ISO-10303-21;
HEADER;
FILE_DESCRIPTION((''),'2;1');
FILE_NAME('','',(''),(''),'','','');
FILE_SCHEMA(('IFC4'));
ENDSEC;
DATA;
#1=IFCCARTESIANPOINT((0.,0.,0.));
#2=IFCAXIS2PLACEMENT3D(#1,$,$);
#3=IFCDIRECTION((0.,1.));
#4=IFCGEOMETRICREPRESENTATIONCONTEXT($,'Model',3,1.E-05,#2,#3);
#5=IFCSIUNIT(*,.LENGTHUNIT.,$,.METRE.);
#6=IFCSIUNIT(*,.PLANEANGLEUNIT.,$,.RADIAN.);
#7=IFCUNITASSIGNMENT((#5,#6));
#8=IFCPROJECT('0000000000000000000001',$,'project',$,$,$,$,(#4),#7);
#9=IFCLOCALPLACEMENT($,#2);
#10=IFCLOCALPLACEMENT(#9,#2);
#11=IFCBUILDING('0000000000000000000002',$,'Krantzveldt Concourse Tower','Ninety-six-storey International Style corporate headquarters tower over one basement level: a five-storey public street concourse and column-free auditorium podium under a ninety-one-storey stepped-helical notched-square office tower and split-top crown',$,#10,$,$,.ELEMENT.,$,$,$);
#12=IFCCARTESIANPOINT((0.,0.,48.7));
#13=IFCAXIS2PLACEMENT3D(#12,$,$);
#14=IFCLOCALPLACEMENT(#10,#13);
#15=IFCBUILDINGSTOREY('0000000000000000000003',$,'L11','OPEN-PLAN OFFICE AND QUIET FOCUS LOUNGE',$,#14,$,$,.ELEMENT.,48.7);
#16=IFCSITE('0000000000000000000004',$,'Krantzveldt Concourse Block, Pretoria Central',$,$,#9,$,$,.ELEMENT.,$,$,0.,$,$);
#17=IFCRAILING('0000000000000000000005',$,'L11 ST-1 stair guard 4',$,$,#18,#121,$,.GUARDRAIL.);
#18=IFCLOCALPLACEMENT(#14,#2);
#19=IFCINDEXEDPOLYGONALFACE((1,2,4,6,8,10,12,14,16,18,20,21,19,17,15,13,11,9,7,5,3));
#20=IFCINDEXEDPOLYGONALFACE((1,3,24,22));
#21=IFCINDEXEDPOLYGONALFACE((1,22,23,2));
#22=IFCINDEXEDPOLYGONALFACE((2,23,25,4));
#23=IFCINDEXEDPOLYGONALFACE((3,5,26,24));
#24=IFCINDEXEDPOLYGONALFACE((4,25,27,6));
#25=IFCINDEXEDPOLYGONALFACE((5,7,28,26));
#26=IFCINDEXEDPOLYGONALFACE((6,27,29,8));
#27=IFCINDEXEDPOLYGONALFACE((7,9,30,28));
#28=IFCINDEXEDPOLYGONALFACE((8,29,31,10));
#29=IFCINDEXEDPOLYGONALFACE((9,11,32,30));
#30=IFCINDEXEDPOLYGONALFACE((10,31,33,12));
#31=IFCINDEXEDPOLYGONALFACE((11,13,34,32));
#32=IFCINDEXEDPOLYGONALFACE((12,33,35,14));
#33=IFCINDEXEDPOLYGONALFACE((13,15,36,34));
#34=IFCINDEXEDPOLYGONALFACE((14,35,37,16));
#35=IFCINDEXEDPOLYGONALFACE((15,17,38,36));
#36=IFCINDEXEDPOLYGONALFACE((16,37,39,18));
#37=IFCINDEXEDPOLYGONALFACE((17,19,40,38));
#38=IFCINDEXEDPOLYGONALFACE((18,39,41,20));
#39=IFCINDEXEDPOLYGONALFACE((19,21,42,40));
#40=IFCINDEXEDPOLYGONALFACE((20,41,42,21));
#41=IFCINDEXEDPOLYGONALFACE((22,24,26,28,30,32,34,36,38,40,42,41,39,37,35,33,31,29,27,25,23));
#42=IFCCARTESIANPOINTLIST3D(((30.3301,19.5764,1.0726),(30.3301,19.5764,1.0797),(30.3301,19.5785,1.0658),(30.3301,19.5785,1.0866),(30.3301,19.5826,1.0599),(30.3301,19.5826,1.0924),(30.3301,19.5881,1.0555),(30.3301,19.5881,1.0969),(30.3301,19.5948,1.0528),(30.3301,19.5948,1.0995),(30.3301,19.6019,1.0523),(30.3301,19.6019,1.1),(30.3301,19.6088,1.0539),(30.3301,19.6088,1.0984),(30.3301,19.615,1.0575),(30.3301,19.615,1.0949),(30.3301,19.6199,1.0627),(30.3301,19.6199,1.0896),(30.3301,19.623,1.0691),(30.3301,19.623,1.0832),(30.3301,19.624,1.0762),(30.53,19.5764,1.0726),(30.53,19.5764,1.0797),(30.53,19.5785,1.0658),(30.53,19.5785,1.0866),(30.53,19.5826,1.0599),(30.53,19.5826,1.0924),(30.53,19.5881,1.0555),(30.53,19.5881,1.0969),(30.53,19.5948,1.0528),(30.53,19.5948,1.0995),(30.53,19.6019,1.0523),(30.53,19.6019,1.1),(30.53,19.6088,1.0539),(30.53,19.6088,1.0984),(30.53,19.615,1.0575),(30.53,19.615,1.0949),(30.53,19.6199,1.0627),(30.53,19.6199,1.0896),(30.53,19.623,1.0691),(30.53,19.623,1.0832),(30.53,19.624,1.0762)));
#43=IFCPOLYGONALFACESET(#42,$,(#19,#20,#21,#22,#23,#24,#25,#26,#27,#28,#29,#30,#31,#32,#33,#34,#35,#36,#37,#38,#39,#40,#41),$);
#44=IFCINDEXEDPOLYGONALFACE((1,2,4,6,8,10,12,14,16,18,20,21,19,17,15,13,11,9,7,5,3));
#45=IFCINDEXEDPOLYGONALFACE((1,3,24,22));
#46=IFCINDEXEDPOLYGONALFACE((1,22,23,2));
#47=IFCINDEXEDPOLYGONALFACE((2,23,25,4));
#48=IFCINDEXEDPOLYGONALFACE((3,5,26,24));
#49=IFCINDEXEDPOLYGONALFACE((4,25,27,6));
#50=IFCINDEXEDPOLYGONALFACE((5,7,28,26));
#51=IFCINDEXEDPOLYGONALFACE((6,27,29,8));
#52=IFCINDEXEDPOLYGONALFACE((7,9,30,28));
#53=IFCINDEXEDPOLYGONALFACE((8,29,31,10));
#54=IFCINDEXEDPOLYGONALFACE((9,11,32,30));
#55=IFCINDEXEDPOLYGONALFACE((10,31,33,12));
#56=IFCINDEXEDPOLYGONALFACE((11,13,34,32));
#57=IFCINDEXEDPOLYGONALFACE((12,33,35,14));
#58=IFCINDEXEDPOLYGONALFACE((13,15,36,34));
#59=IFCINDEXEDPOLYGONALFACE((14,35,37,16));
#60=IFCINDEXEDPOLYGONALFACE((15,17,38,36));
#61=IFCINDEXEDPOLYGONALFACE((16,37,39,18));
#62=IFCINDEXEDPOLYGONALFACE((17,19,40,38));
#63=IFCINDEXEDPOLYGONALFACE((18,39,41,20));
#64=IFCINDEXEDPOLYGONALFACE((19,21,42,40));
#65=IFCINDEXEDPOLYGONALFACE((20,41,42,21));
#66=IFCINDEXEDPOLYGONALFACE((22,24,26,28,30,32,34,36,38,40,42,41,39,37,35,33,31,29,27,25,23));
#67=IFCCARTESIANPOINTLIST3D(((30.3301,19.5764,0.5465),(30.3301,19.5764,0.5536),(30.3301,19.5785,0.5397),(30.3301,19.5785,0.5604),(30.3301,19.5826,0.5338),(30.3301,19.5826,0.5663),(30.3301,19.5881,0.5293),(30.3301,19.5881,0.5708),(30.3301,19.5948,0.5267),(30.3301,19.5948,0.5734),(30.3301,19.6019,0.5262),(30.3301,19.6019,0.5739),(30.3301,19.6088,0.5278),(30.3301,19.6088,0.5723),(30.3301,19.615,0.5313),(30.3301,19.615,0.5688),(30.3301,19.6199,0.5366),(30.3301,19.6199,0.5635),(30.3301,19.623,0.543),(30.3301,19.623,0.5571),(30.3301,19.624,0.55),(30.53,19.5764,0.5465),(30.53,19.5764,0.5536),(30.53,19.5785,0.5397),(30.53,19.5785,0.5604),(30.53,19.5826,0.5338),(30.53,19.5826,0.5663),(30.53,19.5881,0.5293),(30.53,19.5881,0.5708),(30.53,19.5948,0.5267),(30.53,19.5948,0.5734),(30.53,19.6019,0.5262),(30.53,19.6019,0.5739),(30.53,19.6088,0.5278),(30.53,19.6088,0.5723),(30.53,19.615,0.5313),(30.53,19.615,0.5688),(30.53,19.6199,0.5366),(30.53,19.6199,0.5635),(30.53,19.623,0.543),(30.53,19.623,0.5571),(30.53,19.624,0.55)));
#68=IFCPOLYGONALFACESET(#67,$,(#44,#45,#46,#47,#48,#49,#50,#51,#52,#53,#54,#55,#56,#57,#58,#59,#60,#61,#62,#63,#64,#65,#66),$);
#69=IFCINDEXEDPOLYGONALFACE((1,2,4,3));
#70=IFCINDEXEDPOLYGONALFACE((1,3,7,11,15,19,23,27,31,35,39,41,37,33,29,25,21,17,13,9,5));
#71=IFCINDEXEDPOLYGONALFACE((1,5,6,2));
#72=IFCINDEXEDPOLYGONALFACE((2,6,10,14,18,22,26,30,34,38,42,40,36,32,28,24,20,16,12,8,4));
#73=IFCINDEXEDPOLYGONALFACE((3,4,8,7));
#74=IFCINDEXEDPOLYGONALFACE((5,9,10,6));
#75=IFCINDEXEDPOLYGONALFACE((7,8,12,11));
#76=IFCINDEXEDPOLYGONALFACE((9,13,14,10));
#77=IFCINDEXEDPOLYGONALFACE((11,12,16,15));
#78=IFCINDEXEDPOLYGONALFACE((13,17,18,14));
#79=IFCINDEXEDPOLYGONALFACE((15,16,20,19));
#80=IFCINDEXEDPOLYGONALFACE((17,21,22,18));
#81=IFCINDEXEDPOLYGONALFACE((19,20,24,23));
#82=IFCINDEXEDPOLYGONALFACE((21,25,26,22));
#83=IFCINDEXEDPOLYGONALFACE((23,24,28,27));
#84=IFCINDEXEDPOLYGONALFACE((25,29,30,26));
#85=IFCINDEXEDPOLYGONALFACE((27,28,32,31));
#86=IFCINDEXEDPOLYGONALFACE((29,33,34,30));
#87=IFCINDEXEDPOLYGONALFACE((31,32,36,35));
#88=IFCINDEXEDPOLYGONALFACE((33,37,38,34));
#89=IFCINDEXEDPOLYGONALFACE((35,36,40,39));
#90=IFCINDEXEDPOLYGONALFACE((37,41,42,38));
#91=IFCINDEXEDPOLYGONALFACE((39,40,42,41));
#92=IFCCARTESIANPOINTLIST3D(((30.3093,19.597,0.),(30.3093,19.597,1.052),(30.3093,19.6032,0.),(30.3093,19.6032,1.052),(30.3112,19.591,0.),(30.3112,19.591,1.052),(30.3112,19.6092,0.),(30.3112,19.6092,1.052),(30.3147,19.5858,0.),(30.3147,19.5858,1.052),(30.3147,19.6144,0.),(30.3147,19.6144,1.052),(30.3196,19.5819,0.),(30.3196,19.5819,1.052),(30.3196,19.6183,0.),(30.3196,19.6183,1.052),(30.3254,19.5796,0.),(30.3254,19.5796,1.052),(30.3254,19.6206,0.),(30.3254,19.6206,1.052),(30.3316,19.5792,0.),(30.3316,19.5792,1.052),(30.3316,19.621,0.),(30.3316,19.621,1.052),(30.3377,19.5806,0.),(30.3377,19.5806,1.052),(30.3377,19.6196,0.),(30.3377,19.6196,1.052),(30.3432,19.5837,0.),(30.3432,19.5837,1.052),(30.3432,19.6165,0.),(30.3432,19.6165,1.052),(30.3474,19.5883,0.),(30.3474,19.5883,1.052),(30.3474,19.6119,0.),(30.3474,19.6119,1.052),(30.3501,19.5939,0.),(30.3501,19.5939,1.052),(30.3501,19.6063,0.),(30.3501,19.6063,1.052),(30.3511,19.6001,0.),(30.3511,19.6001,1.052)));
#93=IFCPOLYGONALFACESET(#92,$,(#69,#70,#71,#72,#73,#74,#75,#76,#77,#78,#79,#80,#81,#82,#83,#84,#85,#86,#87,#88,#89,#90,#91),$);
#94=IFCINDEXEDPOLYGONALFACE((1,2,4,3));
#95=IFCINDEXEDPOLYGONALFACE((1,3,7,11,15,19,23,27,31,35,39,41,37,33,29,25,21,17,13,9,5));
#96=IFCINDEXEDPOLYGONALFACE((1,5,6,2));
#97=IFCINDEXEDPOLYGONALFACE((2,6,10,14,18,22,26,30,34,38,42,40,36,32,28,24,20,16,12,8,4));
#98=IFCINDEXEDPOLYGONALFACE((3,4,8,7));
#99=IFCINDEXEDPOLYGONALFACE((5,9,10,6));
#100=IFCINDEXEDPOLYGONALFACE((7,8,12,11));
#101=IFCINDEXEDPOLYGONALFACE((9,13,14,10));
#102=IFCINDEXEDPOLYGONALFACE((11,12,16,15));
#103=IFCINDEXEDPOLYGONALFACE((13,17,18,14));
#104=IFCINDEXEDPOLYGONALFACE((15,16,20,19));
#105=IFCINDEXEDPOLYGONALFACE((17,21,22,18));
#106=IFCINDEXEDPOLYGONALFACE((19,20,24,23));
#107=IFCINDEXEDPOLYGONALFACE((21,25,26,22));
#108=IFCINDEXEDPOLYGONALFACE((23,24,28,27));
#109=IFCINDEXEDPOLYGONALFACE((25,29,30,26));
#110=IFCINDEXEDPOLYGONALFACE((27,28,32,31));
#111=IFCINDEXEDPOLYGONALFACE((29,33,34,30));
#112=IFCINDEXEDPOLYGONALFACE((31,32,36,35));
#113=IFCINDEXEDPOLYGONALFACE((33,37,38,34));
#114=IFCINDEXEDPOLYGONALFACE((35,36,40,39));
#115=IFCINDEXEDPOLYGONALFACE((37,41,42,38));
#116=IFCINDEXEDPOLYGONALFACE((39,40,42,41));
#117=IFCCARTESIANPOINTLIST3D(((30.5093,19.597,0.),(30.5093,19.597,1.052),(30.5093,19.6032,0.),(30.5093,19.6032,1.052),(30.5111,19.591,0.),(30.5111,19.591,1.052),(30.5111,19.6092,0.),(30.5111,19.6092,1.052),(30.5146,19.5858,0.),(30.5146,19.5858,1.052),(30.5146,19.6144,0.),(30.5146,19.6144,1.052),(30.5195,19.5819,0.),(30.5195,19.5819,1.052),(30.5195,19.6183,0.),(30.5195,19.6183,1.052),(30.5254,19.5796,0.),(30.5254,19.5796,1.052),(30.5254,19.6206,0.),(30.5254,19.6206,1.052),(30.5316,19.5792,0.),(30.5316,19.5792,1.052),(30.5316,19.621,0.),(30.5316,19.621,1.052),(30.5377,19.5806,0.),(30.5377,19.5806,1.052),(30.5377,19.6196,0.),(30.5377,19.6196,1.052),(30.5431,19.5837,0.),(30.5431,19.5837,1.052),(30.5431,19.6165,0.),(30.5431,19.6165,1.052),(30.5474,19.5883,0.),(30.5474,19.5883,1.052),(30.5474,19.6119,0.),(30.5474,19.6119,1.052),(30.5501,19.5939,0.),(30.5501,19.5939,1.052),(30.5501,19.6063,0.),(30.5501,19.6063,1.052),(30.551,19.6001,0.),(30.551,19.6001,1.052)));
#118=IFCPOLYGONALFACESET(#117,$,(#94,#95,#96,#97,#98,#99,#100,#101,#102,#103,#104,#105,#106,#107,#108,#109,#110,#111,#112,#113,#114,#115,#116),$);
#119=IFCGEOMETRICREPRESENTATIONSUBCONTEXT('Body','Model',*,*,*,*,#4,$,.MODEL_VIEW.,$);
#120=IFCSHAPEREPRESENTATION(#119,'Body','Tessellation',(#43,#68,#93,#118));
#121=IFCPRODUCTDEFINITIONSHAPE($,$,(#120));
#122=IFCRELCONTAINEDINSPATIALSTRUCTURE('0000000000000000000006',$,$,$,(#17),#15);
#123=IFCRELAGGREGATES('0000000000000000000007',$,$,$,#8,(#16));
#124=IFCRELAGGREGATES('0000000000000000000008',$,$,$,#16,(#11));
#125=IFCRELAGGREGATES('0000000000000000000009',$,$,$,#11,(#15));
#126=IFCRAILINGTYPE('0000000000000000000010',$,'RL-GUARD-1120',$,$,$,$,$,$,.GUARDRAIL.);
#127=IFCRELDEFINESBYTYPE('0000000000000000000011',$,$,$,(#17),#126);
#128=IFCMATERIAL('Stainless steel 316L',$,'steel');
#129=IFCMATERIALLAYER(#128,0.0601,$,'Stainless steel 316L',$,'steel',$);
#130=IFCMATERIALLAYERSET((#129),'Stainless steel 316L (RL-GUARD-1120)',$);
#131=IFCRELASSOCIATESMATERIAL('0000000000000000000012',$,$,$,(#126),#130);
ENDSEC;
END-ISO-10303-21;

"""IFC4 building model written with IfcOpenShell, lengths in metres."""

from ifc_helpers import new_model, si_unit, direction, frame, origin, origin_2d, place, context, subcontext, project, spatial, circle, extrude, material, layer, layer_set, type_object, element, save


model = new_model("IFC4")

# Units and contexts
model_context = context("Model", 3, precision=1e-05, world=origin(), true_north=direction((0.0, 1.0)))
body_context = subcontext(model_context, "Body", "Model", "MODEL_VIEW")
ifc_project = project(units=[si_unit("LENGTHUNIT", "METRE"), si_unit("PLANEANGLEUNIT", "RADIAN")], contexts=[model_context])

# Site, building, storey
site_placement = place(None, origin())
site = spatial("IfcSite", under=ifc_project, at=site_placement, Name="Krantzveldt Concourse Block, Pretoria Central", CompositionType="ELEMENT", RefElevation=0.0)
building_placement = place(site_placement, origin())
building = spatial("IfcBuilding", under=site, at=building_placement, Name="Krantzveldt Concourse Tower", Description="Ninety-six-storey International Style corporate headquarters tower over one basement level: a five-storey public street concourse and column-free auditorium podium under a ninety-one-storey stepped-helical notched-square office tower and split-top crown", CompositionType="ELEMENT")
storey_placement = place(building_placement, frame((0.0, 0.0, 48.7)))
storey = spatial("IfcBuildingStorey", under=building, at=storey_placement, Name="L11", Description="OPEN-PLAN OFFICE AND QUIET FOCUS LOUNGE", CompositionType="ELEMENT", Elevation=48.7)

# Railing
ifc_material_1 = material(Name="Stainless steel 316L", Category="steel")
ifc_layer_1 = layer(ifc_material_1, 0.0601, Name="Stainless steel 316L", Category="steel")
ifc_layer_set_1 = layer_set([ifc_layer_1], Name="Stainless steel 316L (RL-GUARD-1120)")
railing_type_1 = type_object("IfcRailingType", Name="RL-GUARD-1120", PredefinedType="GUARDRAIL", material=ifc_layer_set_1)
railing_1_placement = place(storey_placement, frame((30.3301, 19.6001, 0.0)))
element("IfcRailing", 1, at=railing_1_placement, inside=storey, type_object=railing_type_1, Name="L11 ST-1 stair guard 4", PredefinedType="GUARDRAIL", context=body_context, shape_type="SweptSolid", body=[
    extrude(circle(Radius=0.0239, at=origin_2d()), frame((0.0, 0.0, 1.0762), z_axis=(1.0, 0.0, 0.0), x_axis=(0.0, 1.0, 0.0)), (0.0, 0.0, 1.0), 0.2),
    extrude(circle(Radius=0.0239, at=origin_2d()), frame((0.0, 0.0, 0.55), z_axis=(1.0, 0.0, 0.0), x_axis=(0.0, 1.0, 0.0)), (0.0, 0.0, 1.0), 0.2),
    extrude(circle(Radius=0.021, at=origin_2d()), origin(), (0.0, 0.0, 1.0), 1.052),
    extrude(circle(Radius=0.021, at=origin_2d()), frame((0.2, 0.0, 0.0)), (0.0, 0.0, 1.0), 1.052),
])

save(model, "model.ifc")
